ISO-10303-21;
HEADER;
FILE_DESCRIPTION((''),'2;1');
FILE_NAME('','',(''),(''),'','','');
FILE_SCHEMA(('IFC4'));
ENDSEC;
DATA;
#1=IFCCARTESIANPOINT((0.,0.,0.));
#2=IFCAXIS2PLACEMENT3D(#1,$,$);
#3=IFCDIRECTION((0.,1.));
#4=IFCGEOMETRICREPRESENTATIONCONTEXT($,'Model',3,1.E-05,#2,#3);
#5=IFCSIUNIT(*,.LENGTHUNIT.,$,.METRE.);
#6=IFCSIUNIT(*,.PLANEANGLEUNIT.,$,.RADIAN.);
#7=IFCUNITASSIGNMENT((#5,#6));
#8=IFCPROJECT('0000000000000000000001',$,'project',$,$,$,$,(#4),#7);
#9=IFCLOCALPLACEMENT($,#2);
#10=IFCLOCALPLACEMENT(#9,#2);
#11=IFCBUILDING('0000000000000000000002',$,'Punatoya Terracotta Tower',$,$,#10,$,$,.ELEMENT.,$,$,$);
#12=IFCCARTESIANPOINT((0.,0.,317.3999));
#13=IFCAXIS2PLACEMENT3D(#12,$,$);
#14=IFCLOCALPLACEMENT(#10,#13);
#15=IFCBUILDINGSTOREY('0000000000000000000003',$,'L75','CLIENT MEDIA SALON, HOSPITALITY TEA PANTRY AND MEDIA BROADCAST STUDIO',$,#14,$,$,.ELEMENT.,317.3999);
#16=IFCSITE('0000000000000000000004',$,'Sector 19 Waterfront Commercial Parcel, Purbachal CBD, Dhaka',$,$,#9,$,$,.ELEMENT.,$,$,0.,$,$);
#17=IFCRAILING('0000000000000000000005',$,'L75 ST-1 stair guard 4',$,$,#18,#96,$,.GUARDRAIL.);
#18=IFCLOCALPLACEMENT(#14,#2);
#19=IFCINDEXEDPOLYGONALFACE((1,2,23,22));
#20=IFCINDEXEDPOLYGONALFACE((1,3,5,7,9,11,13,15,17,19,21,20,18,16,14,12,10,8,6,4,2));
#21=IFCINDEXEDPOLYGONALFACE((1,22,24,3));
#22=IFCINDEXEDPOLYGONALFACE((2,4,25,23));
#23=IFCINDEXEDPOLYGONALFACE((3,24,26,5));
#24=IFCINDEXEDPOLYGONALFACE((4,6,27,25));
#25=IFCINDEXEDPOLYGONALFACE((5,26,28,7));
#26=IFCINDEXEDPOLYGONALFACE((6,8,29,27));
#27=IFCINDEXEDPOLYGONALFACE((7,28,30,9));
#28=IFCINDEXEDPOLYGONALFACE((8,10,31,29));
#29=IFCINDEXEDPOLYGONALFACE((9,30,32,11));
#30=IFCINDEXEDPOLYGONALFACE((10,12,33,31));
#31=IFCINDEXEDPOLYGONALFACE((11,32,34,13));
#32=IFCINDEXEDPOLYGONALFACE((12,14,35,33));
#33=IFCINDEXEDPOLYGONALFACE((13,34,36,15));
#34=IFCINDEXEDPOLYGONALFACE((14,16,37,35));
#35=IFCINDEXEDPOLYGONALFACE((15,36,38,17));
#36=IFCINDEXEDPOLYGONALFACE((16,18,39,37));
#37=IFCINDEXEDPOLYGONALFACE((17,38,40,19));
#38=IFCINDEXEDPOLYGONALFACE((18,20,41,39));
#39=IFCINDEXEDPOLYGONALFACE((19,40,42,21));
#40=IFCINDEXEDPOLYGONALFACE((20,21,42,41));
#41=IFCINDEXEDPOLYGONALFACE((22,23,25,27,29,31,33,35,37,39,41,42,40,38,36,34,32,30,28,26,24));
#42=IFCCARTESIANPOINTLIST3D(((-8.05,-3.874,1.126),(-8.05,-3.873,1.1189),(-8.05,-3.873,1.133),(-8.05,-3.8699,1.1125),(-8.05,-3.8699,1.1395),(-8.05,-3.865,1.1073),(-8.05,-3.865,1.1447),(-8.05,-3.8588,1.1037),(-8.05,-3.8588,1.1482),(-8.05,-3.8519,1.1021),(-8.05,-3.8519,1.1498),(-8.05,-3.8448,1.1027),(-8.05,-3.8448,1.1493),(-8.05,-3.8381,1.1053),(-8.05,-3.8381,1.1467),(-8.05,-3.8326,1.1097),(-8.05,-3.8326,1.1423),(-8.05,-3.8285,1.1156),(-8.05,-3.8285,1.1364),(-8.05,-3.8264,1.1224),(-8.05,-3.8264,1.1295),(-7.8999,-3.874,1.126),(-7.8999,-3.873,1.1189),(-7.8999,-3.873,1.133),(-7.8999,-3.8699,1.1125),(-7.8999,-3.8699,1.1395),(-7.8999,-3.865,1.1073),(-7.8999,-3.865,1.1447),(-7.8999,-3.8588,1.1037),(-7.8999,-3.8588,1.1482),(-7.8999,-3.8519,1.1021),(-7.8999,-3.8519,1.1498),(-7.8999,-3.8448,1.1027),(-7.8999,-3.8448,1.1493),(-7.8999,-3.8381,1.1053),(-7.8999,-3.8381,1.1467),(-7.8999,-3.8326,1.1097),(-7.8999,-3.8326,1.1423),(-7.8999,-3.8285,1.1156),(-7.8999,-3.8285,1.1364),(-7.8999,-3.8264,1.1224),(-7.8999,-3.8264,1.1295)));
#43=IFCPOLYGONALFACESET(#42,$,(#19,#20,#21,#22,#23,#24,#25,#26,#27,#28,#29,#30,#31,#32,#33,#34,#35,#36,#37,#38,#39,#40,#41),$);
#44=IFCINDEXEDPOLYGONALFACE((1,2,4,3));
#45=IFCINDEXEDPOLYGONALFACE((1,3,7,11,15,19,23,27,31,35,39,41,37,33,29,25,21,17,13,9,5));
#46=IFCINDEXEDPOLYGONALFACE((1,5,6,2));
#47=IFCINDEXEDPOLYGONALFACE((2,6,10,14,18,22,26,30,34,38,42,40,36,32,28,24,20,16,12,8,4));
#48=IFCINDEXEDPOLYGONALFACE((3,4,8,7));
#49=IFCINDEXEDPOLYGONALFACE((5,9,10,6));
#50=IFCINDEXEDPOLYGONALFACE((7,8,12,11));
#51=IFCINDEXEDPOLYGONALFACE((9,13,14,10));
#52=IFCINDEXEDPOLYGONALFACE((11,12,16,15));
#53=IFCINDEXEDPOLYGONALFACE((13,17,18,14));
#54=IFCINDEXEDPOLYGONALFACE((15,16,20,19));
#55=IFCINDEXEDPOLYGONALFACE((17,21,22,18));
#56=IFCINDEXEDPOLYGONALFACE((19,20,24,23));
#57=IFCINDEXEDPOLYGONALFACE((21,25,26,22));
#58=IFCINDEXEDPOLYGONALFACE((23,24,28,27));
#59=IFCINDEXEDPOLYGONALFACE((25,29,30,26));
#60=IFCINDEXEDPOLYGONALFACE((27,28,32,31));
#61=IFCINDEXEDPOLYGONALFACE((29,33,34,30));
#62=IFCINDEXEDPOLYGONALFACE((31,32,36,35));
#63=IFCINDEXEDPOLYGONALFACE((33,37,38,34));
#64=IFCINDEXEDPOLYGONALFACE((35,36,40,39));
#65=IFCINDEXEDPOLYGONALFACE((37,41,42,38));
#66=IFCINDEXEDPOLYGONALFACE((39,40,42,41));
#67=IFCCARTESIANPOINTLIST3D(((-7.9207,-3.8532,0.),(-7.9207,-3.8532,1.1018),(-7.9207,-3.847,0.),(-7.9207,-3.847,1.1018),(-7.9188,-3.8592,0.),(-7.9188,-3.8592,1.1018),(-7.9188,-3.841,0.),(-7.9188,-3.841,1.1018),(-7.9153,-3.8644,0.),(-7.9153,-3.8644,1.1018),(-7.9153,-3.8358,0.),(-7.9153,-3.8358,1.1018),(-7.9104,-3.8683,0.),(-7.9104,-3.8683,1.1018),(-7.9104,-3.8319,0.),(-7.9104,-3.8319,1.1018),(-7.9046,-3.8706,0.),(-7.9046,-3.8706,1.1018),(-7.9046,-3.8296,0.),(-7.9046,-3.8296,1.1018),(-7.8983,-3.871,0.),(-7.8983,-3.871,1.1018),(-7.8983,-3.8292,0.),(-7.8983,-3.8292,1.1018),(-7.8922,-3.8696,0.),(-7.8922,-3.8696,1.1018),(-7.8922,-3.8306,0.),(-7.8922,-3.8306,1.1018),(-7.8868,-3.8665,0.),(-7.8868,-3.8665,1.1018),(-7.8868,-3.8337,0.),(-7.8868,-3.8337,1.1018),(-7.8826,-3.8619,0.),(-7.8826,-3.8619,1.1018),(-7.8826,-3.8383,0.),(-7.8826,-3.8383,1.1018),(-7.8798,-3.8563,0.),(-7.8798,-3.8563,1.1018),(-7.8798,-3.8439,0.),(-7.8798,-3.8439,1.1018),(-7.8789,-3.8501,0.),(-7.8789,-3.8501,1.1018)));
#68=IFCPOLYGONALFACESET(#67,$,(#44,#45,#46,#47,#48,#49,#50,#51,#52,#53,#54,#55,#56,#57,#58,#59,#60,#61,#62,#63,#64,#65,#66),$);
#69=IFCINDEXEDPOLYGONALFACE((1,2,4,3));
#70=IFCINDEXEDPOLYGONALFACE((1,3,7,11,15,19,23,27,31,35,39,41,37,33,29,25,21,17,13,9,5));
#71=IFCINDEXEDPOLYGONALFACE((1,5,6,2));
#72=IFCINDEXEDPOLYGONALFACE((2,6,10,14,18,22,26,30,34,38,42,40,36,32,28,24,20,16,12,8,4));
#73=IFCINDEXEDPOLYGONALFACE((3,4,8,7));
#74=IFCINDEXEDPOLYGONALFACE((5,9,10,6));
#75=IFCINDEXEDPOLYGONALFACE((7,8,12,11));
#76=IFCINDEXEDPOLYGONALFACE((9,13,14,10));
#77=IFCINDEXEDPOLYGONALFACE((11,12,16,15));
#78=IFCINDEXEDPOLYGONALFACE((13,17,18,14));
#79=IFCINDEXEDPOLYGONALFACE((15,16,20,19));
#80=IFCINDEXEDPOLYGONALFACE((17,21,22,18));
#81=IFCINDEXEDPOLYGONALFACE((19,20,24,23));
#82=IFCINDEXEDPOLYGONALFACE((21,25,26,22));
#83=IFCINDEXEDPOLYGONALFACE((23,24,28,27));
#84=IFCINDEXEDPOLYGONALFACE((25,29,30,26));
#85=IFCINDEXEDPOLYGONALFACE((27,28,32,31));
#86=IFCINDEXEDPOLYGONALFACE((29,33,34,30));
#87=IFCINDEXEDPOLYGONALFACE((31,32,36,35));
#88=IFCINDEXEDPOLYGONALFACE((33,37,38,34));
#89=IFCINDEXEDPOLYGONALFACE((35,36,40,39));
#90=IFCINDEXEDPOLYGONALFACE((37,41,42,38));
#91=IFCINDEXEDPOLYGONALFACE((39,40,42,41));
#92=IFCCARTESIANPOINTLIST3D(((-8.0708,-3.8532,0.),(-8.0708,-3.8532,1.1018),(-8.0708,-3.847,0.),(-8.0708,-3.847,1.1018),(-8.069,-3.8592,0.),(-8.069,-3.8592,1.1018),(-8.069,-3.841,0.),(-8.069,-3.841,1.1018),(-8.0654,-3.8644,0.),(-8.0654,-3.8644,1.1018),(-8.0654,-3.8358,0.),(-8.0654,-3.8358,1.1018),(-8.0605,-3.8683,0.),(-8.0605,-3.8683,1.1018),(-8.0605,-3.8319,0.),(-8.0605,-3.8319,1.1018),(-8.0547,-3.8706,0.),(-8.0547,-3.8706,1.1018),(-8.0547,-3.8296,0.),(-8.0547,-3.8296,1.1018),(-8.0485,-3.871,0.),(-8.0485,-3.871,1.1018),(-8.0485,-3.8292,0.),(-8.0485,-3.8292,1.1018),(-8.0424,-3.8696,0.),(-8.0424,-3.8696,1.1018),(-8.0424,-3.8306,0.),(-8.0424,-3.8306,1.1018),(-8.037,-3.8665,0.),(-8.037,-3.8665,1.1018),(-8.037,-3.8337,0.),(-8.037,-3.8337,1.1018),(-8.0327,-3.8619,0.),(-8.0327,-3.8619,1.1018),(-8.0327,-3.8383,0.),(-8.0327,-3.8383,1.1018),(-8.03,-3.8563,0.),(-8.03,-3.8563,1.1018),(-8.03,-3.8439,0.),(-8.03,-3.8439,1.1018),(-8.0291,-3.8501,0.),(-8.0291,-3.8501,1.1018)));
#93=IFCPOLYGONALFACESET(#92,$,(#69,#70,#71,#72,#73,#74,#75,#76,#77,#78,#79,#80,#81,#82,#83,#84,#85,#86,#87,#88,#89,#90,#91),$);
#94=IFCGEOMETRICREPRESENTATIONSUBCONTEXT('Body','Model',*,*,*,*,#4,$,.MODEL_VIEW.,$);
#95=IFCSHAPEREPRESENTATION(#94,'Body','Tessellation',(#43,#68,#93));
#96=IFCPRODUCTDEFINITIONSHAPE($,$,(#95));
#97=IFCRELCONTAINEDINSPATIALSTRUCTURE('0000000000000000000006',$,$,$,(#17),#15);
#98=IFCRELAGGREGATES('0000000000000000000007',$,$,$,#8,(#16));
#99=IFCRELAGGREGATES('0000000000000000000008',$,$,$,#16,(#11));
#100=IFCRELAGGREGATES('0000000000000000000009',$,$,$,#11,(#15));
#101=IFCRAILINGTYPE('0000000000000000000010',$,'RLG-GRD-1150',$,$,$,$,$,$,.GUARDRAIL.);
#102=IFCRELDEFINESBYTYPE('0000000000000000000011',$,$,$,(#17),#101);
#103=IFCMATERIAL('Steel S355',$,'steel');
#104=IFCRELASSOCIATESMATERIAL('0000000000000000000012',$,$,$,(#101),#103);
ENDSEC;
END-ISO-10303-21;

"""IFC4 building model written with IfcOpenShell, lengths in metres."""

from ifc_helpers import new_model, si_unit, direction, frame, origin, origin_2d, place, context, subcontext, project, spatial, circle, extrude, material, type_object, element, save


model = new_model("IFC4")

# Units and contexts
model_context = context("Model", 3, precision=1e-05, world=origin(), true_north=direction((0.0, 1.0)))
body_context = subcontext(model_context, "Body", "Model", "MODEL_VIEW")
ifc_project = project(units=[si_unit("LENGTHUNIT", "METRE"), si_unit("PLANEANGLEUNIT", "RADIAN")], contexts=[model_context])

# Site, building, storey
site_placement = place(None, origin())
site = spatial("IfcSite", under=ifc_project, at=site_placement, Name="Sector 19 Waterfront Commercial Parcel, Purbachal CBD, Dhaka", CompositionType="ELEMENT", RefElevation=0.0)
building_placement = place(site_placement, origin())
building = spatial("IfcBuilding", under=site, at=building_placement, Name="Punatoya Terracotta Tower", CompositionType="ELEMENT")
storey_placement = place(building_placement, frame((0.0, 0.0, 317.3999)))
storey = spatial("IfcBuildingStorey", under=building, at=storey_placement, Name="L75", Description="CLIENT MEDIA SALON, HOSPITALITY TEA PANTRY AND MEDIA BROADCAST STUDIO", CompositionType="ELEMENT", Elevation=317.3999)

# Railing
ifc_material_1 = material(Name="Steel S355", Category="steel")
railing_type_1 = type_object("IfcRailingType", Name="RLG-GRD-1150", PredefinedType="GUARDRAIL", material=ifc_material_1)
railing_1_placement = place(storey_placement, frame((-7.8999, -3.8501, 0.0)))
element("IfcRailing", 1, at=railing_1_placement, inside=storey, type_object=railing_type_1, Name="L75 ST-1 stair guard 4", PredefinedType="GUARDRAIL", context=body_context, shape_type="SweptSolid", body=[
    extrude(circle(Radius=0.0239, at=origin_2d()), frame((0.0, 0.0, 1.126), z_axis=(-1.0, 0.0, 0.0), x_axis=(0.0, -1.0, 0.0)), (0.0, 0.0, 1.0), 0.1501),
    extrude(circle(Radius=0.021, at=origin_2d()), origin(), (0.0, 0.0, 1.0), 1.1018),
    extrude(circle(Radius=0.021, at=origin_2d()), frame((-0.1501, 0.0, 0.0)), (0.0, 0.0, 1.0), 1.1018),
])

save(model, "model.ifc")
